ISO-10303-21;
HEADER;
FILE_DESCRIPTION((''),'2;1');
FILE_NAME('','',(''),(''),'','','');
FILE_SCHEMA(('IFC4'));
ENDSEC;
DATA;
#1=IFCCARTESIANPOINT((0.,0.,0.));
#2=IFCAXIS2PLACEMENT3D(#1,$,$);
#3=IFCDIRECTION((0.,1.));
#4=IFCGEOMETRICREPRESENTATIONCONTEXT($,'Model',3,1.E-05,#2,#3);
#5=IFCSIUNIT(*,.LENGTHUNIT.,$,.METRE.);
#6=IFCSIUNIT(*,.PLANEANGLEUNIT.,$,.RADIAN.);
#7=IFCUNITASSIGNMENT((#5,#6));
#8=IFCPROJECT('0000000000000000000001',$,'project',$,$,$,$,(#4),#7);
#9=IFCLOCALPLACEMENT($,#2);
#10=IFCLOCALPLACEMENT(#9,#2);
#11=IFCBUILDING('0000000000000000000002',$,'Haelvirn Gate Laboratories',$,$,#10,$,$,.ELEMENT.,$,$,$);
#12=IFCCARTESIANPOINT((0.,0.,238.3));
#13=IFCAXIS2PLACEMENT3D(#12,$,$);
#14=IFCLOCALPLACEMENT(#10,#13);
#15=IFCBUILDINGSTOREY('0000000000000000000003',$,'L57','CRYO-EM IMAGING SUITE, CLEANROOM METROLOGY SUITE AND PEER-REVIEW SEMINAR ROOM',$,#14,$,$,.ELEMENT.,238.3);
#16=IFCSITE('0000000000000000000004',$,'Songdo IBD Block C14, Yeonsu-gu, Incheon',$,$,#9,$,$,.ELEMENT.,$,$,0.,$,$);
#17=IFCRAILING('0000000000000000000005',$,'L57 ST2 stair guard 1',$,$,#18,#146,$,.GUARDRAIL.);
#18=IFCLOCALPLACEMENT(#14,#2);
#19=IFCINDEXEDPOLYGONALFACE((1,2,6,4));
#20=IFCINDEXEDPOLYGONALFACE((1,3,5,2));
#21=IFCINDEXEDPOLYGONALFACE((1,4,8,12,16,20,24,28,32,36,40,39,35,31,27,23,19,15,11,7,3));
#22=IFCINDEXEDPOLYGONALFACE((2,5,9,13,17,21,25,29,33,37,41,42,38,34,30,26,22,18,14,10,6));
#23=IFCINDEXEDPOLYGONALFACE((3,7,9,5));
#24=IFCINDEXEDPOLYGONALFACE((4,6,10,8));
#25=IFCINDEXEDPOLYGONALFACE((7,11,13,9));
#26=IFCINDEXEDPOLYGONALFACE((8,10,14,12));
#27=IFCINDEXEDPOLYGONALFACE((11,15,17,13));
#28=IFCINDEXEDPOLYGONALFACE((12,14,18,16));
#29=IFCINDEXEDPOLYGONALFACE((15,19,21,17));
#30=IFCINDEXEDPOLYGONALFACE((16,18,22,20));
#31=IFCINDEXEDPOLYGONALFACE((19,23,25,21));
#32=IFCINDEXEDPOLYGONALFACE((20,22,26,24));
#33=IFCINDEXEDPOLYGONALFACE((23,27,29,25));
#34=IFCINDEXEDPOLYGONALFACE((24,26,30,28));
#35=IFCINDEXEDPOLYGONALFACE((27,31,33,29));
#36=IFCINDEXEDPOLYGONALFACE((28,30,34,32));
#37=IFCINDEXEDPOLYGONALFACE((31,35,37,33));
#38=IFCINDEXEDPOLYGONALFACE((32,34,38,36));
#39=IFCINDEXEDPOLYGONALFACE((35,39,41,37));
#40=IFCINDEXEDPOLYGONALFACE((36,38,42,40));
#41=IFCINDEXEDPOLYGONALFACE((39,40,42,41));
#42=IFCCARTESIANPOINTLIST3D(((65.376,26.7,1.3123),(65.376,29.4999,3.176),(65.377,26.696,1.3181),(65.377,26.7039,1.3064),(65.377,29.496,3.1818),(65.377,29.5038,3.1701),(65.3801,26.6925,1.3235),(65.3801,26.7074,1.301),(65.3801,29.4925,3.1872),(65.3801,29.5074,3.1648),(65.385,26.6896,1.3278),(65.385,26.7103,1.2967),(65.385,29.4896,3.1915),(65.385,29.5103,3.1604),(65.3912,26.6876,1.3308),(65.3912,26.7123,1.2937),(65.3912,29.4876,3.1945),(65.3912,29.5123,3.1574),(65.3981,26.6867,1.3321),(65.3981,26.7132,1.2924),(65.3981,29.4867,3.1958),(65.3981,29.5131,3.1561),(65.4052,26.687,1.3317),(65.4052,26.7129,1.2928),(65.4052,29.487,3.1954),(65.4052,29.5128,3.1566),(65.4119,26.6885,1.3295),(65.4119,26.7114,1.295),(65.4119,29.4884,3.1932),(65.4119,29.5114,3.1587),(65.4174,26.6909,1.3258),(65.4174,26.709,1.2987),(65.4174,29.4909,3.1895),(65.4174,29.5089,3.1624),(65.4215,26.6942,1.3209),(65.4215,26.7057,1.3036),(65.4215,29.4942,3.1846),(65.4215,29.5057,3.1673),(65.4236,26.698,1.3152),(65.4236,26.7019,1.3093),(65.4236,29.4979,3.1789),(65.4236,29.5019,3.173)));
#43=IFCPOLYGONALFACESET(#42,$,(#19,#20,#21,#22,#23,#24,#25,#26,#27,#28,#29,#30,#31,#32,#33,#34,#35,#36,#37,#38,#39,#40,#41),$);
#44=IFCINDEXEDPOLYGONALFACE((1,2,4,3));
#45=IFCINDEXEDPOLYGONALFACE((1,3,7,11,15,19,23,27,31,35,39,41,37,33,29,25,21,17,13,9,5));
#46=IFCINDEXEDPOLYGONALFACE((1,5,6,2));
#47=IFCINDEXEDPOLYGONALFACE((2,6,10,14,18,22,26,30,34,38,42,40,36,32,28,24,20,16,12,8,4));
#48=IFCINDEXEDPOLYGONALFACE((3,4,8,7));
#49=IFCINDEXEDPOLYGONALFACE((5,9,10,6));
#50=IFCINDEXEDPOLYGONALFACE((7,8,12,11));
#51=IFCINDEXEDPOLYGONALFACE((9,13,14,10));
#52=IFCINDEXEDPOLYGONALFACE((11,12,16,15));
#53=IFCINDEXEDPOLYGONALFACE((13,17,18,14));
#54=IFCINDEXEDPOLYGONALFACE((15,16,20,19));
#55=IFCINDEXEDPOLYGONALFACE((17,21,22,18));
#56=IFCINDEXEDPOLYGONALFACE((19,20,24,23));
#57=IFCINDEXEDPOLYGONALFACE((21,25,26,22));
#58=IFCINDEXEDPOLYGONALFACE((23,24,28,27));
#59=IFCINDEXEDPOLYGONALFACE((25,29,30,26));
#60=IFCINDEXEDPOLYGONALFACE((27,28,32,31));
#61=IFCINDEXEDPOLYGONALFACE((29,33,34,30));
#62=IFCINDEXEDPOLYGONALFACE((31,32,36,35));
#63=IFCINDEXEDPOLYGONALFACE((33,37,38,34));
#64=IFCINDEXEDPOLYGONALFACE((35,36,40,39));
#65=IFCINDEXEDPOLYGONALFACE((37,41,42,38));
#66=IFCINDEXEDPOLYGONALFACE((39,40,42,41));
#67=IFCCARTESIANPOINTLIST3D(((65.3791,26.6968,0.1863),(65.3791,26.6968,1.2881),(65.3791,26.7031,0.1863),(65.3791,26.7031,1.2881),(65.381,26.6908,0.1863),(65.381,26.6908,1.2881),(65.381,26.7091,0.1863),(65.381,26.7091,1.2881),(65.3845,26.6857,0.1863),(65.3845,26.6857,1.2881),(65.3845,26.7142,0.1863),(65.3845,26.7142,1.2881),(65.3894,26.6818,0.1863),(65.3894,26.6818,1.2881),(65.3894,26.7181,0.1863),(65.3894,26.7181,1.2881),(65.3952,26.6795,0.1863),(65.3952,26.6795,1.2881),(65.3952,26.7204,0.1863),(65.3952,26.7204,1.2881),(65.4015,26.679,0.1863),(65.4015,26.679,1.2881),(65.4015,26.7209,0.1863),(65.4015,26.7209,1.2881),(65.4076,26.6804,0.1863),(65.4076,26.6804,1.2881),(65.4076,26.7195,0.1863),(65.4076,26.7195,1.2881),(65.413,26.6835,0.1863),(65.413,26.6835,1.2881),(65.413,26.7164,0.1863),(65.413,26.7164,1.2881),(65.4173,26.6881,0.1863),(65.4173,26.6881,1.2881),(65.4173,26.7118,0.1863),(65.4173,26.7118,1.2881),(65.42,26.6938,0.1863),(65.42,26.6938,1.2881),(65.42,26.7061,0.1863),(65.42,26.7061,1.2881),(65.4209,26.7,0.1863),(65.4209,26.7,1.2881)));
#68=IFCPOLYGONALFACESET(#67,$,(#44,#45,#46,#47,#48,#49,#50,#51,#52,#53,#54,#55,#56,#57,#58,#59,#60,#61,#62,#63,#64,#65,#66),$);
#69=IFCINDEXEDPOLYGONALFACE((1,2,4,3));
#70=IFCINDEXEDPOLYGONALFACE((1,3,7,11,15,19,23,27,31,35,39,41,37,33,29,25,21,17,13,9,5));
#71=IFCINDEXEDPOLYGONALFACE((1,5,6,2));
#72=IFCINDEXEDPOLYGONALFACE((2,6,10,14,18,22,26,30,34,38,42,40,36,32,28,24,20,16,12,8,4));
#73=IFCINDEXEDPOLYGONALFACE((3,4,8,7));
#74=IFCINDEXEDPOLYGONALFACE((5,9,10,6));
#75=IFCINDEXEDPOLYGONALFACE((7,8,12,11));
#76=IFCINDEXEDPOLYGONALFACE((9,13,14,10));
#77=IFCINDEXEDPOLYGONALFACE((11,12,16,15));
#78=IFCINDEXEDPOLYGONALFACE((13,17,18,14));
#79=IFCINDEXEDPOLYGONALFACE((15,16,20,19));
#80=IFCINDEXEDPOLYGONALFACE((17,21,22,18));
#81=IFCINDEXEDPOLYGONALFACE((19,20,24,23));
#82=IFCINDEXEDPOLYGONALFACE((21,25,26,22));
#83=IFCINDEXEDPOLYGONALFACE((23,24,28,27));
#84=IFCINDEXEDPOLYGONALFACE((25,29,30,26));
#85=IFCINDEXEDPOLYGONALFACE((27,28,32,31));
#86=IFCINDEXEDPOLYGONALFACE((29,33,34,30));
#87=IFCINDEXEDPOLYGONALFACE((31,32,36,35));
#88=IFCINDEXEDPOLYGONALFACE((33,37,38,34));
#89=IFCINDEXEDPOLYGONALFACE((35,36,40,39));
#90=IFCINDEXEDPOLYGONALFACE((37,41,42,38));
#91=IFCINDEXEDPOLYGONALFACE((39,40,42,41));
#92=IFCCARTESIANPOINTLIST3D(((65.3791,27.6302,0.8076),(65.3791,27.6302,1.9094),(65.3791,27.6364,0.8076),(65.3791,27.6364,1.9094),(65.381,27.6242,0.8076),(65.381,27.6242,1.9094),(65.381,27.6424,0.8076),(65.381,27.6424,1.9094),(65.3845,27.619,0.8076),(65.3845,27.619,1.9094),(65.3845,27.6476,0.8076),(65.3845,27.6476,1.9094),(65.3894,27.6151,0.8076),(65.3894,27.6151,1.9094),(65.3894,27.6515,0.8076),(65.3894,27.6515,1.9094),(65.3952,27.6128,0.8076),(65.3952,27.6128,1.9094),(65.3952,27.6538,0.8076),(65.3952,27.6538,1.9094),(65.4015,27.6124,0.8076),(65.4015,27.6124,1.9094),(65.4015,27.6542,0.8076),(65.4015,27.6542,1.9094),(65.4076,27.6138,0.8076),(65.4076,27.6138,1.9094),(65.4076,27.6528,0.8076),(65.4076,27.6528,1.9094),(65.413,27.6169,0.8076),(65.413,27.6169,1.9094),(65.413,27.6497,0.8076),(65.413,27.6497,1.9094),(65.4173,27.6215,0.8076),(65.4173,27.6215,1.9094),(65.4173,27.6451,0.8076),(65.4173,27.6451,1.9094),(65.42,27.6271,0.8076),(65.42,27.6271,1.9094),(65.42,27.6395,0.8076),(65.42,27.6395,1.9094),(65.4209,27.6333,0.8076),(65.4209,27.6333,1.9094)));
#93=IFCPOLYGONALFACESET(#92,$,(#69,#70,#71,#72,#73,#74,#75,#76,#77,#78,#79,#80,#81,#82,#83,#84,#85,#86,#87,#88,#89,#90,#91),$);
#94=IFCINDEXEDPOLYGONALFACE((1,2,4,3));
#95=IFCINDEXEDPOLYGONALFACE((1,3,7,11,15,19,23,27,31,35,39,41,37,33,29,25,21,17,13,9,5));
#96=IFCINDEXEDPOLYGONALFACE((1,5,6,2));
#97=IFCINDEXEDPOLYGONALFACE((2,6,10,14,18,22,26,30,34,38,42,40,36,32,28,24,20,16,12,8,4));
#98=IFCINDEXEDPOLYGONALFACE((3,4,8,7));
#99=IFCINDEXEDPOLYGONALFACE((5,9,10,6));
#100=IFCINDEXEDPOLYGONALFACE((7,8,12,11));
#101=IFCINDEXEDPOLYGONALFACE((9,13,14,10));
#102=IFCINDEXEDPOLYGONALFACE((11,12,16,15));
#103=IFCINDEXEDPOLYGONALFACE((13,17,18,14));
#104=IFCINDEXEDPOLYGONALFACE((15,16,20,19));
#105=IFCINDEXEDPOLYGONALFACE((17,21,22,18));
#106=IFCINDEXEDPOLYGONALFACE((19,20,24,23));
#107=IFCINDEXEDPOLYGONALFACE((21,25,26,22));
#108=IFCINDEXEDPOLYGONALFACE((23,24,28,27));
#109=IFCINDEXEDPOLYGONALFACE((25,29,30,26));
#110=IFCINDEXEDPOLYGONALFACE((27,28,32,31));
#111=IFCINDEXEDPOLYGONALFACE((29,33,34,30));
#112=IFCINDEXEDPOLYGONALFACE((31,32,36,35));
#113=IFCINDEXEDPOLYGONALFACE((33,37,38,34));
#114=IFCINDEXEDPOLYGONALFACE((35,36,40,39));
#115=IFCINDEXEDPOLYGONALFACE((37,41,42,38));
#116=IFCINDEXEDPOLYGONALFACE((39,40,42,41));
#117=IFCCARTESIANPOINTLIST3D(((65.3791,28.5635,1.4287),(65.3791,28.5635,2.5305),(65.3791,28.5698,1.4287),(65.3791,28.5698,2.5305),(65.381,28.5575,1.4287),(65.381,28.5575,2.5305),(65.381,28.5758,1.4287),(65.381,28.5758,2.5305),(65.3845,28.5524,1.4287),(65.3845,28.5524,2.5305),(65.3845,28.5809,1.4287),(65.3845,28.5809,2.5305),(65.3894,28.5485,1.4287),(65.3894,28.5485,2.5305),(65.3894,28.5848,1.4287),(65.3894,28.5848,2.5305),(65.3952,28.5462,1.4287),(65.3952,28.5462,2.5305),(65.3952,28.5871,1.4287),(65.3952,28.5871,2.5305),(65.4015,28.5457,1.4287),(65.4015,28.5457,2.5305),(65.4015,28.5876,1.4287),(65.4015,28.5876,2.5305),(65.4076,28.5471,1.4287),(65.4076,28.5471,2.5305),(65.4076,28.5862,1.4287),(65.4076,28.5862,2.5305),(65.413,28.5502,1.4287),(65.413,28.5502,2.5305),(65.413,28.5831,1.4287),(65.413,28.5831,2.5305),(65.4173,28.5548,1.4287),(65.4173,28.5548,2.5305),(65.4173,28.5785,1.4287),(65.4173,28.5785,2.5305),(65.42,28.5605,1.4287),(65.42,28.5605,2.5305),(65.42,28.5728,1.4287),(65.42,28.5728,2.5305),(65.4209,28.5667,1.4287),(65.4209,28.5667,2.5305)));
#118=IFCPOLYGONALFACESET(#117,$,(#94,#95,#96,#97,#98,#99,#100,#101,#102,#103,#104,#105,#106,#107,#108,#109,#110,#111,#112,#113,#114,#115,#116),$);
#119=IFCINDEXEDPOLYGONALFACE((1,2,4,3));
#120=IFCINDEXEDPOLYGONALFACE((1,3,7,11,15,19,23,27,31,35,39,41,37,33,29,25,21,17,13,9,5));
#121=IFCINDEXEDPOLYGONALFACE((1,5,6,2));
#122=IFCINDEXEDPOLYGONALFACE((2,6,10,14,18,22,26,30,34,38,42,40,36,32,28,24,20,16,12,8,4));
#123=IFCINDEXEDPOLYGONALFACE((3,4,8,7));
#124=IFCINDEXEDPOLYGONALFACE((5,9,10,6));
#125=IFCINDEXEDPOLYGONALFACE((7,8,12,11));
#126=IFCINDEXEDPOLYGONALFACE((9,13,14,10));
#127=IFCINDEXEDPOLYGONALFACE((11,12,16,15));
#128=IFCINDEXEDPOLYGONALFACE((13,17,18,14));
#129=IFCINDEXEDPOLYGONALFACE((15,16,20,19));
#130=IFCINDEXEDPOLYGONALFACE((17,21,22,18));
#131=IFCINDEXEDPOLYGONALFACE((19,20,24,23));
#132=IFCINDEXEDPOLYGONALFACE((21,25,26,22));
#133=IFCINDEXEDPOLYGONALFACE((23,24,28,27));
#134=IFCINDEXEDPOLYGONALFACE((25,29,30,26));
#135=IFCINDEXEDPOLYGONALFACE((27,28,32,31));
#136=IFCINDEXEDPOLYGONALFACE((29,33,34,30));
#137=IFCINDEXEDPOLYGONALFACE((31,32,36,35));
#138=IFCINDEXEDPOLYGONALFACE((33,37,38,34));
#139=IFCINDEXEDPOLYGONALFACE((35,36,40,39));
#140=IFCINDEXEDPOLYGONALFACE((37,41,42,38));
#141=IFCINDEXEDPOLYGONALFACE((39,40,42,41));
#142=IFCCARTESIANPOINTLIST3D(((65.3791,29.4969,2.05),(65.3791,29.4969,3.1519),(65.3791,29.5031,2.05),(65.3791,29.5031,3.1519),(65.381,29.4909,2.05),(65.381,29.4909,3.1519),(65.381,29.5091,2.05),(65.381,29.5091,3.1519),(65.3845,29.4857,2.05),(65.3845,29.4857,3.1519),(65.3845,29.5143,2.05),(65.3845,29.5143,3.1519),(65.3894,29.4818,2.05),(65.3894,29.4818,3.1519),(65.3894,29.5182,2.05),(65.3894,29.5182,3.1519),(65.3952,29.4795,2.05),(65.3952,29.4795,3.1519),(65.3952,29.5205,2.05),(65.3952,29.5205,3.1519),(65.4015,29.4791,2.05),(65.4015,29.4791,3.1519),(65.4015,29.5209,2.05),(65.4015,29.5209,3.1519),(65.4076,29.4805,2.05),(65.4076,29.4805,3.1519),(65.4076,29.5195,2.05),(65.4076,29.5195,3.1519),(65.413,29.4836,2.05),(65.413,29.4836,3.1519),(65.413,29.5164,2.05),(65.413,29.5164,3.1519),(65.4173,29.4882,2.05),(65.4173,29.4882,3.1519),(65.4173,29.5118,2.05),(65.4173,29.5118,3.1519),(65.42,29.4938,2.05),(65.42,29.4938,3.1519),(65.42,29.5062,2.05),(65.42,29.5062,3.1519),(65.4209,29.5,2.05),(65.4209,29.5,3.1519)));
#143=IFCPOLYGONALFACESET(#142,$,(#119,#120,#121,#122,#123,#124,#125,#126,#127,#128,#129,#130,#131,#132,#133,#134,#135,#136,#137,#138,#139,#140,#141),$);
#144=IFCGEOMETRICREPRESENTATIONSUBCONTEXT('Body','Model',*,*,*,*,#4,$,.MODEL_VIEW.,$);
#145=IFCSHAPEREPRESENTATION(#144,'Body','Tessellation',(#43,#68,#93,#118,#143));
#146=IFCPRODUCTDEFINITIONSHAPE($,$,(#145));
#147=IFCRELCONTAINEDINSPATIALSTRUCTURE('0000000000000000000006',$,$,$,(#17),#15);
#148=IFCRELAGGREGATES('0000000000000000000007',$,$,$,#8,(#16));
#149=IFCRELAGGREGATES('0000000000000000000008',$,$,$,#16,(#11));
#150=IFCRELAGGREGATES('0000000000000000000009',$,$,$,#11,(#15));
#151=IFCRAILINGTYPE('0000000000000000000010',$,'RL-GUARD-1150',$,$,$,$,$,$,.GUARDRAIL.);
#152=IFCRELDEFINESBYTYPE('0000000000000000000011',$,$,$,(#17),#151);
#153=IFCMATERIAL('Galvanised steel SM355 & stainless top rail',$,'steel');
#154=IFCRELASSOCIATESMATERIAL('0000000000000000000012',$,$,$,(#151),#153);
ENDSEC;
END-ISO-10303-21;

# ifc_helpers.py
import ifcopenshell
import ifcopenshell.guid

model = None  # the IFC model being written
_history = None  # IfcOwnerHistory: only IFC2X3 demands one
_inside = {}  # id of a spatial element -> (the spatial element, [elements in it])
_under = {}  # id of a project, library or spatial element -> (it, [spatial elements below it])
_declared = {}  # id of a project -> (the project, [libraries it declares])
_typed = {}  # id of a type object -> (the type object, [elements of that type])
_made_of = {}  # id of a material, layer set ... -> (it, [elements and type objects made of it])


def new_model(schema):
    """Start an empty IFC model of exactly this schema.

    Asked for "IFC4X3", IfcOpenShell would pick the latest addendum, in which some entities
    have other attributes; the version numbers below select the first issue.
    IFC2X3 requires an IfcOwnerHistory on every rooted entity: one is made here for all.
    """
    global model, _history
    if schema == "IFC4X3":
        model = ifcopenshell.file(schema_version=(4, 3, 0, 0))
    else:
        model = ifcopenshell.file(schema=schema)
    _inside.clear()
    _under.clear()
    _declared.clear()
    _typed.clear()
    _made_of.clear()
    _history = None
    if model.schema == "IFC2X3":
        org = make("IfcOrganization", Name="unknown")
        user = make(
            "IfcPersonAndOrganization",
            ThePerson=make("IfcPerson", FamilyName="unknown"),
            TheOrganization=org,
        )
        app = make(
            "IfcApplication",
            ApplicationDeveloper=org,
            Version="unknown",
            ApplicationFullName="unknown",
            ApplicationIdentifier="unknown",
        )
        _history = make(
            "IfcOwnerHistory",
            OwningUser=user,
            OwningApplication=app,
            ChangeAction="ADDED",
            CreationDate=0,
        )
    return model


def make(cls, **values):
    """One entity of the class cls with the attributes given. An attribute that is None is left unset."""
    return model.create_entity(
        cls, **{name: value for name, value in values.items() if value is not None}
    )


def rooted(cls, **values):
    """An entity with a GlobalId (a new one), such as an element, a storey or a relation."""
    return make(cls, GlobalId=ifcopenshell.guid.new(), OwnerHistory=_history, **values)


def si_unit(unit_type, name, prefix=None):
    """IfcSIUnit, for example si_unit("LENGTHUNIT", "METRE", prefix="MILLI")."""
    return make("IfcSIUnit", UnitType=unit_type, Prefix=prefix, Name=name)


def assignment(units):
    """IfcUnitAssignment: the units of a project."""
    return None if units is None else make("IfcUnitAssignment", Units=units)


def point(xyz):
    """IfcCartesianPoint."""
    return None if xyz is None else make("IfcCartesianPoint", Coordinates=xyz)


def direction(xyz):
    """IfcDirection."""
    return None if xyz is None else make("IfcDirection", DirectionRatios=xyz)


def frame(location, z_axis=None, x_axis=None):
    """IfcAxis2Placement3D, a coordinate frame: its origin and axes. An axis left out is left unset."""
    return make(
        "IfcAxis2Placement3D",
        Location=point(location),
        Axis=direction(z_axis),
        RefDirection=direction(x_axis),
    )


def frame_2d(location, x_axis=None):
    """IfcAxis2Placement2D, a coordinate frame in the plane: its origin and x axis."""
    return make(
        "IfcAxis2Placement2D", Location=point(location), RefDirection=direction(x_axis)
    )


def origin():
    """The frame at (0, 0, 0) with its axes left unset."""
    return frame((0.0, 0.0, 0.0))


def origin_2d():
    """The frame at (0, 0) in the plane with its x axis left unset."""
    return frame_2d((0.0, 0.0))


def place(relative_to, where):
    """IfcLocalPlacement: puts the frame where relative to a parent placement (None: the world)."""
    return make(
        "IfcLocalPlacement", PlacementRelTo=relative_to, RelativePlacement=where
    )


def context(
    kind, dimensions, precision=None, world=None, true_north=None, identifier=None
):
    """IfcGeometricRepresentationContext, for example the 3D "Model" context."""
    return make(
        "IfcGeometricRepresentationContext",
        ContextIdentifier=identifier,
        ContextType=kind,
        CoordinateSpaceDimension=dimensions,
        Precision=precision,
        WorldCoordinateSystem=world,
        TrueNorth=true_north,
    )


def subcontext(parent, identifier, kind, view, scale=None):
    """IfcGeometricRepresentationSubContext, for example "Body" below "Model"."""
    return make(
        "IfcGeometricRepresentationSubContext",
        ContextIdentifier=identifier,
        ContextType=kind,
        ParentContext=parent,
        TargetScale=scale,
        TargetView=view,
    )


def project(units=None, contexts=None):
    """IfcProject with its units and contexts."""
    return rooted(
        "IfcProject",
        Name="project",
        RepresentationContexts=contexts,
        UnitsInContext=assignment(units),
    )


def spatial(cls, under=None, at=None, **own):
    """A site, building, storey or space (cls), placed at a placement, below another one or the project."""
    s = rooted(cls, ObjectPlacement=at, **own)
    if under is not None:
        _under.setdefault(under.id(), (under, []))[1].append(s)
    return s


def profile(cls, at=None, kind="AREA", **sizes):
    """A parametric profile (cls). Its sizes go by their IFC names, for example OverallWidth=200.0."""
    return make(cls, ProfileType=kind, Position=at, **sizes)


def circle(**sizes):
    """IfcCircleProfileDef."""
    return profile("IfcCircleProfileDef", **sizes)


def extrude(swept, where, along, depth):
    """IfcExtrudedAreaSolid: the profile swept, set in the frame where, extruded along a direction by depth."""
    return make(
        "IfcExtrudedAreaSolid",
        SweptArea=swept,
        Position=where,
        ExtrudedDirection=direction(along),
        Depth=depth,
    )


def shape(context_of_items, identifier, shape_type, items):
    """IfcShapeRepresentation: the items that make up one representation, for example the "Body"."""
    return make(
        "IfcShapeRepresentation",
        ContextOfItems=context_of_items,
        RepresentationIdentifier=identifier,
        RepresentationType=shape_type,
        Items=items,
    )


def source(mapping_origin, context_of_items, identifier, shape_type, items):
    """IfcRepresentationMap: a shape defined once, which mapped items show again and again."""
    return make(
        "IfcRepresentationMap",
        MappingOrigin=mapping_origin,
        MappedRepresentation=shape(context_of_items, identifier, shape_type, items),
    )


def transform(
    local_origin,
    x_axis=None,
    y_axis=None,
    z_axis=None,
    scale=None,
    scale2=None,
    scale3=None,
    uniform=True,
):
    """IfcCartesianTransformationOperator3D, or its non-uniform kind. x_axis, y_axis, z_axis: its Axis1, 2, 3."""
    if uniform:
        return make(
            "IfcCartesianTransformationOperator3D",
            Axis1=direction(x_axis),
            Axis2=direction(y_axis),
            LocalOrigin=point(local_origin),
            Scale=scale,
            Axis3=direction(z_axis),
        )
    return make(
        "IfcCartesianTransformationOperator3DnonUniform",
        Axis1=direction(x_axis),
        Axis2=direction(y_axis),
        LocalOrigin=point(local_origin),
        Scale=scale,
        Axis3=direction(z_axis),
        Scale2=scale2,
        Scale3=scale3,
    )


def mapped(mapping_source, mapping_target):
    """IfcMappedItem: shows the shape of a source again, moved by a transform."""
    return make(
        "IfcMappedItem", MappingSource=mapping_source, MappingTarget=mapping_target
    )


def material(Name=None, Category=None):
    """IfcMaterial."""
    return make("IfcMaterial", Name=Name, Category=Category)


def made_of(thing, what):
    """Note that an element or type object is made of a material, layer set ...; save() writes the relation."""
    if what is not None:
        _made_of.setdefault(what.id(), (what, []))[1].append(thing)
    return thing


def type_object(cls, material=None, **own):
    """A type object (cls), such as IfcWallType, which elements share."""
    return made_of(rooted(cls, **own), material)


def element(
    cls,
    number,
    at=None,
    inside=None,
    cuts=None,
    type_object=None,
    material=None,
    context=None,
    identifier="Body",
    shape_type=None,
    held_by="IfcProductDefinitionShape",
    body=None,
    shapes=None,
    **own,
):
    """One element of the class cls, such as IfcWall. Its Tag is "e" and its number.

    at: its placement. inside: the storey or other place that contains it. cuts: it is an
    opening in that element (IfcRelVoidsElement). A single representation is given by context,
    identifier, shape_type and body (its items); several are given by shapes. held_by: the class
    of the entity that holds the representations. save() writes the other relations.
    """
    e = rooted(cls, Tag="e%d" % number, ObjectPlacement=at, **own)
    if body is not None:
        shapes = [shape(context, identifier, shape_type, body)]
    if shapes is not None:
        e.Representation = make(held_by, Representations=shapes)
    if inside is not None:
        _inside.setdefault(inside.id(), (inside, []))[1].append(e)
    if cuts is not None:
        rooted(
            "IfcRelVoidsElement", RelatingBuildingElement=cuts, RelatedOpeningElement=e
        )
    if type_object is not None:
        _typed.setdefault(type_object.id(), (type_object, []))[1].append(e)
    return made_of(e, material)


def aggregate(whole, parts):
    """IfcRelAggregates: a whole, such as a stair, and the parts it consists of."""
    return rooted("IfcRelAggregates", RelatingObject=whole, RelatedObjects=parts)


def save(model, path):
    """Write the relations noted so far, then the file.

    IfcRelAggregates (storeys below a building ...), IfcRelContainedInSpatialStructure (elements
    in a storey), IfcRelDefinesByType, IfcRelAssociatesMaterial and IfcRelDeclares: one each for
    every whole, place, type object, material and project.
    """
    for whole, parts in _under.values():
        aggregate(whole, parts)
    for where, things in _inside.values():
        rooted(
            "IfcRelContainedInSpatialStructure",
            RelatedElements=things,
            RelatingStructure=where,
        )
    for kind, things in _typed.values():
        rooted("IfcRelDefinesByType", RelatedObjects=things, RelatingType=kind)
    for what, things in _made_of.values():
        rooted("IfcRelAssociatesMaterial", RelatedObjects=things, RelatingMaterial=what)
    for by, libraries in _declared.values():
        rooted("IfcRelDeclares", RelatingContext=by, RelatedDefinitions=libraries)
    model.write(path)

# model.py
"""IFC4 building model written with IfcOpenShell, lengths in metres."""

from ifc_helpers import new_model, si_unit, direction, frame, origin, origin_2d, place, context, subcontext, project, spatial, circle, extrude, source, transform, mapped, material, type_object, element, save


model = new_model("IFC4")

# Units and contexts
model_context = context("Model", 3, precision=1e-05, world=origin(), true_north=direction((0.0, 1.0)))
body_context = subcontext(model_context, "Body", "Model", "MODEL_VIEW")
ifc_project = project(units=[si_unit("LENGTHUNIT", "METRE"), si_unit("PLANEANGLEUNIT", "RADIAN")], contexts=[model_context])

# Site, building, storey
site_placement = place(None, origin())
site = spatial("IfcSite", under=ifc_project, at=site_placement, Name="Songdo IBD Block C14, Yeonsu-gu, Incheon", CompositionType="ELEMENT", RefElevation=0.0)
building_placement = place(site_placement, origin())
building = spatial("IfcBuilding", under=site, at=building_placement, Name="Haelvirn Gate Laboratories", CompositionType="ELEMENT")
storey_placement = place(building_placement, frame((0.0, 0.0, 238.3)))
storey = spatial("IfcBuildingStorey", under=building, at=storey_placement, Name="L57", Description="CRYO-EM IMAGING SUITE, CLEANROOM METROLOGY SUITE AND PEER-REVIEW SEMINAR ROOM", CompositionType="ELEMENT", Elevation=238.3)

# Railing
ifc_material_1 = material(Name="Galvanised steel SM355 & stainless top rail", Category="steel")
railing_type_1 = type_object("IfcRailingType", Name="RL-GUARD-1150", PredefinedType="GUARDRAIL", material=ifc_material_1)
shared_shape_1 = source(origin(), body_context, "Body", "SweptSolid", [
    extrude(circle(Radius=0.0239, at=origin_2d()), frame((0.0, 0.0, 1.126), z_axis=(0.0, 0.832452, 0.554097), x_axis=(-1.0, 0.0, 0.0)), (0.0, 0.0, 1.0), 3.3635),
    extrude(circle(Radius=0.021, at=origin_2d()), origin(), (0.0, 0.0, 1.0), 1.1018),
    extrude(circle(Radius=0.021, at=origin_2d()), frame((0.0, 0.9333, 0.6213)), (0.0, 0.0, 1.0), 1.1018),
    extrude(circle(Radius=0.021, at=origin_2d()), frame((0.0, 1.8667, 1.2424)), (0.0, 0.0, 1.0), 1.1018),
    extrude(circle(Radius=0.021, at=origin_2d()), frame((0.0, 2.8, 1.8638)), (0.0, 0.0, 1.0), 1.1018),
])
railing_1_placement = place(storey_placement, frame((65.3999, 26.7, 0.1863)))
element("IfcRailing", 1, at=railing_1_placement, inside=storey, type_object=railing_type_1, Name="L57 ST2 stair guard 1", PredefinedType="GUARDRAIL", context=body_context, shape_type="MappedRepresentation", body=[
    mapped(shared_shape_1, transform((0.0, 0.0, 0.0), scale=1.0)),
])

save(model, "model.ifc")
